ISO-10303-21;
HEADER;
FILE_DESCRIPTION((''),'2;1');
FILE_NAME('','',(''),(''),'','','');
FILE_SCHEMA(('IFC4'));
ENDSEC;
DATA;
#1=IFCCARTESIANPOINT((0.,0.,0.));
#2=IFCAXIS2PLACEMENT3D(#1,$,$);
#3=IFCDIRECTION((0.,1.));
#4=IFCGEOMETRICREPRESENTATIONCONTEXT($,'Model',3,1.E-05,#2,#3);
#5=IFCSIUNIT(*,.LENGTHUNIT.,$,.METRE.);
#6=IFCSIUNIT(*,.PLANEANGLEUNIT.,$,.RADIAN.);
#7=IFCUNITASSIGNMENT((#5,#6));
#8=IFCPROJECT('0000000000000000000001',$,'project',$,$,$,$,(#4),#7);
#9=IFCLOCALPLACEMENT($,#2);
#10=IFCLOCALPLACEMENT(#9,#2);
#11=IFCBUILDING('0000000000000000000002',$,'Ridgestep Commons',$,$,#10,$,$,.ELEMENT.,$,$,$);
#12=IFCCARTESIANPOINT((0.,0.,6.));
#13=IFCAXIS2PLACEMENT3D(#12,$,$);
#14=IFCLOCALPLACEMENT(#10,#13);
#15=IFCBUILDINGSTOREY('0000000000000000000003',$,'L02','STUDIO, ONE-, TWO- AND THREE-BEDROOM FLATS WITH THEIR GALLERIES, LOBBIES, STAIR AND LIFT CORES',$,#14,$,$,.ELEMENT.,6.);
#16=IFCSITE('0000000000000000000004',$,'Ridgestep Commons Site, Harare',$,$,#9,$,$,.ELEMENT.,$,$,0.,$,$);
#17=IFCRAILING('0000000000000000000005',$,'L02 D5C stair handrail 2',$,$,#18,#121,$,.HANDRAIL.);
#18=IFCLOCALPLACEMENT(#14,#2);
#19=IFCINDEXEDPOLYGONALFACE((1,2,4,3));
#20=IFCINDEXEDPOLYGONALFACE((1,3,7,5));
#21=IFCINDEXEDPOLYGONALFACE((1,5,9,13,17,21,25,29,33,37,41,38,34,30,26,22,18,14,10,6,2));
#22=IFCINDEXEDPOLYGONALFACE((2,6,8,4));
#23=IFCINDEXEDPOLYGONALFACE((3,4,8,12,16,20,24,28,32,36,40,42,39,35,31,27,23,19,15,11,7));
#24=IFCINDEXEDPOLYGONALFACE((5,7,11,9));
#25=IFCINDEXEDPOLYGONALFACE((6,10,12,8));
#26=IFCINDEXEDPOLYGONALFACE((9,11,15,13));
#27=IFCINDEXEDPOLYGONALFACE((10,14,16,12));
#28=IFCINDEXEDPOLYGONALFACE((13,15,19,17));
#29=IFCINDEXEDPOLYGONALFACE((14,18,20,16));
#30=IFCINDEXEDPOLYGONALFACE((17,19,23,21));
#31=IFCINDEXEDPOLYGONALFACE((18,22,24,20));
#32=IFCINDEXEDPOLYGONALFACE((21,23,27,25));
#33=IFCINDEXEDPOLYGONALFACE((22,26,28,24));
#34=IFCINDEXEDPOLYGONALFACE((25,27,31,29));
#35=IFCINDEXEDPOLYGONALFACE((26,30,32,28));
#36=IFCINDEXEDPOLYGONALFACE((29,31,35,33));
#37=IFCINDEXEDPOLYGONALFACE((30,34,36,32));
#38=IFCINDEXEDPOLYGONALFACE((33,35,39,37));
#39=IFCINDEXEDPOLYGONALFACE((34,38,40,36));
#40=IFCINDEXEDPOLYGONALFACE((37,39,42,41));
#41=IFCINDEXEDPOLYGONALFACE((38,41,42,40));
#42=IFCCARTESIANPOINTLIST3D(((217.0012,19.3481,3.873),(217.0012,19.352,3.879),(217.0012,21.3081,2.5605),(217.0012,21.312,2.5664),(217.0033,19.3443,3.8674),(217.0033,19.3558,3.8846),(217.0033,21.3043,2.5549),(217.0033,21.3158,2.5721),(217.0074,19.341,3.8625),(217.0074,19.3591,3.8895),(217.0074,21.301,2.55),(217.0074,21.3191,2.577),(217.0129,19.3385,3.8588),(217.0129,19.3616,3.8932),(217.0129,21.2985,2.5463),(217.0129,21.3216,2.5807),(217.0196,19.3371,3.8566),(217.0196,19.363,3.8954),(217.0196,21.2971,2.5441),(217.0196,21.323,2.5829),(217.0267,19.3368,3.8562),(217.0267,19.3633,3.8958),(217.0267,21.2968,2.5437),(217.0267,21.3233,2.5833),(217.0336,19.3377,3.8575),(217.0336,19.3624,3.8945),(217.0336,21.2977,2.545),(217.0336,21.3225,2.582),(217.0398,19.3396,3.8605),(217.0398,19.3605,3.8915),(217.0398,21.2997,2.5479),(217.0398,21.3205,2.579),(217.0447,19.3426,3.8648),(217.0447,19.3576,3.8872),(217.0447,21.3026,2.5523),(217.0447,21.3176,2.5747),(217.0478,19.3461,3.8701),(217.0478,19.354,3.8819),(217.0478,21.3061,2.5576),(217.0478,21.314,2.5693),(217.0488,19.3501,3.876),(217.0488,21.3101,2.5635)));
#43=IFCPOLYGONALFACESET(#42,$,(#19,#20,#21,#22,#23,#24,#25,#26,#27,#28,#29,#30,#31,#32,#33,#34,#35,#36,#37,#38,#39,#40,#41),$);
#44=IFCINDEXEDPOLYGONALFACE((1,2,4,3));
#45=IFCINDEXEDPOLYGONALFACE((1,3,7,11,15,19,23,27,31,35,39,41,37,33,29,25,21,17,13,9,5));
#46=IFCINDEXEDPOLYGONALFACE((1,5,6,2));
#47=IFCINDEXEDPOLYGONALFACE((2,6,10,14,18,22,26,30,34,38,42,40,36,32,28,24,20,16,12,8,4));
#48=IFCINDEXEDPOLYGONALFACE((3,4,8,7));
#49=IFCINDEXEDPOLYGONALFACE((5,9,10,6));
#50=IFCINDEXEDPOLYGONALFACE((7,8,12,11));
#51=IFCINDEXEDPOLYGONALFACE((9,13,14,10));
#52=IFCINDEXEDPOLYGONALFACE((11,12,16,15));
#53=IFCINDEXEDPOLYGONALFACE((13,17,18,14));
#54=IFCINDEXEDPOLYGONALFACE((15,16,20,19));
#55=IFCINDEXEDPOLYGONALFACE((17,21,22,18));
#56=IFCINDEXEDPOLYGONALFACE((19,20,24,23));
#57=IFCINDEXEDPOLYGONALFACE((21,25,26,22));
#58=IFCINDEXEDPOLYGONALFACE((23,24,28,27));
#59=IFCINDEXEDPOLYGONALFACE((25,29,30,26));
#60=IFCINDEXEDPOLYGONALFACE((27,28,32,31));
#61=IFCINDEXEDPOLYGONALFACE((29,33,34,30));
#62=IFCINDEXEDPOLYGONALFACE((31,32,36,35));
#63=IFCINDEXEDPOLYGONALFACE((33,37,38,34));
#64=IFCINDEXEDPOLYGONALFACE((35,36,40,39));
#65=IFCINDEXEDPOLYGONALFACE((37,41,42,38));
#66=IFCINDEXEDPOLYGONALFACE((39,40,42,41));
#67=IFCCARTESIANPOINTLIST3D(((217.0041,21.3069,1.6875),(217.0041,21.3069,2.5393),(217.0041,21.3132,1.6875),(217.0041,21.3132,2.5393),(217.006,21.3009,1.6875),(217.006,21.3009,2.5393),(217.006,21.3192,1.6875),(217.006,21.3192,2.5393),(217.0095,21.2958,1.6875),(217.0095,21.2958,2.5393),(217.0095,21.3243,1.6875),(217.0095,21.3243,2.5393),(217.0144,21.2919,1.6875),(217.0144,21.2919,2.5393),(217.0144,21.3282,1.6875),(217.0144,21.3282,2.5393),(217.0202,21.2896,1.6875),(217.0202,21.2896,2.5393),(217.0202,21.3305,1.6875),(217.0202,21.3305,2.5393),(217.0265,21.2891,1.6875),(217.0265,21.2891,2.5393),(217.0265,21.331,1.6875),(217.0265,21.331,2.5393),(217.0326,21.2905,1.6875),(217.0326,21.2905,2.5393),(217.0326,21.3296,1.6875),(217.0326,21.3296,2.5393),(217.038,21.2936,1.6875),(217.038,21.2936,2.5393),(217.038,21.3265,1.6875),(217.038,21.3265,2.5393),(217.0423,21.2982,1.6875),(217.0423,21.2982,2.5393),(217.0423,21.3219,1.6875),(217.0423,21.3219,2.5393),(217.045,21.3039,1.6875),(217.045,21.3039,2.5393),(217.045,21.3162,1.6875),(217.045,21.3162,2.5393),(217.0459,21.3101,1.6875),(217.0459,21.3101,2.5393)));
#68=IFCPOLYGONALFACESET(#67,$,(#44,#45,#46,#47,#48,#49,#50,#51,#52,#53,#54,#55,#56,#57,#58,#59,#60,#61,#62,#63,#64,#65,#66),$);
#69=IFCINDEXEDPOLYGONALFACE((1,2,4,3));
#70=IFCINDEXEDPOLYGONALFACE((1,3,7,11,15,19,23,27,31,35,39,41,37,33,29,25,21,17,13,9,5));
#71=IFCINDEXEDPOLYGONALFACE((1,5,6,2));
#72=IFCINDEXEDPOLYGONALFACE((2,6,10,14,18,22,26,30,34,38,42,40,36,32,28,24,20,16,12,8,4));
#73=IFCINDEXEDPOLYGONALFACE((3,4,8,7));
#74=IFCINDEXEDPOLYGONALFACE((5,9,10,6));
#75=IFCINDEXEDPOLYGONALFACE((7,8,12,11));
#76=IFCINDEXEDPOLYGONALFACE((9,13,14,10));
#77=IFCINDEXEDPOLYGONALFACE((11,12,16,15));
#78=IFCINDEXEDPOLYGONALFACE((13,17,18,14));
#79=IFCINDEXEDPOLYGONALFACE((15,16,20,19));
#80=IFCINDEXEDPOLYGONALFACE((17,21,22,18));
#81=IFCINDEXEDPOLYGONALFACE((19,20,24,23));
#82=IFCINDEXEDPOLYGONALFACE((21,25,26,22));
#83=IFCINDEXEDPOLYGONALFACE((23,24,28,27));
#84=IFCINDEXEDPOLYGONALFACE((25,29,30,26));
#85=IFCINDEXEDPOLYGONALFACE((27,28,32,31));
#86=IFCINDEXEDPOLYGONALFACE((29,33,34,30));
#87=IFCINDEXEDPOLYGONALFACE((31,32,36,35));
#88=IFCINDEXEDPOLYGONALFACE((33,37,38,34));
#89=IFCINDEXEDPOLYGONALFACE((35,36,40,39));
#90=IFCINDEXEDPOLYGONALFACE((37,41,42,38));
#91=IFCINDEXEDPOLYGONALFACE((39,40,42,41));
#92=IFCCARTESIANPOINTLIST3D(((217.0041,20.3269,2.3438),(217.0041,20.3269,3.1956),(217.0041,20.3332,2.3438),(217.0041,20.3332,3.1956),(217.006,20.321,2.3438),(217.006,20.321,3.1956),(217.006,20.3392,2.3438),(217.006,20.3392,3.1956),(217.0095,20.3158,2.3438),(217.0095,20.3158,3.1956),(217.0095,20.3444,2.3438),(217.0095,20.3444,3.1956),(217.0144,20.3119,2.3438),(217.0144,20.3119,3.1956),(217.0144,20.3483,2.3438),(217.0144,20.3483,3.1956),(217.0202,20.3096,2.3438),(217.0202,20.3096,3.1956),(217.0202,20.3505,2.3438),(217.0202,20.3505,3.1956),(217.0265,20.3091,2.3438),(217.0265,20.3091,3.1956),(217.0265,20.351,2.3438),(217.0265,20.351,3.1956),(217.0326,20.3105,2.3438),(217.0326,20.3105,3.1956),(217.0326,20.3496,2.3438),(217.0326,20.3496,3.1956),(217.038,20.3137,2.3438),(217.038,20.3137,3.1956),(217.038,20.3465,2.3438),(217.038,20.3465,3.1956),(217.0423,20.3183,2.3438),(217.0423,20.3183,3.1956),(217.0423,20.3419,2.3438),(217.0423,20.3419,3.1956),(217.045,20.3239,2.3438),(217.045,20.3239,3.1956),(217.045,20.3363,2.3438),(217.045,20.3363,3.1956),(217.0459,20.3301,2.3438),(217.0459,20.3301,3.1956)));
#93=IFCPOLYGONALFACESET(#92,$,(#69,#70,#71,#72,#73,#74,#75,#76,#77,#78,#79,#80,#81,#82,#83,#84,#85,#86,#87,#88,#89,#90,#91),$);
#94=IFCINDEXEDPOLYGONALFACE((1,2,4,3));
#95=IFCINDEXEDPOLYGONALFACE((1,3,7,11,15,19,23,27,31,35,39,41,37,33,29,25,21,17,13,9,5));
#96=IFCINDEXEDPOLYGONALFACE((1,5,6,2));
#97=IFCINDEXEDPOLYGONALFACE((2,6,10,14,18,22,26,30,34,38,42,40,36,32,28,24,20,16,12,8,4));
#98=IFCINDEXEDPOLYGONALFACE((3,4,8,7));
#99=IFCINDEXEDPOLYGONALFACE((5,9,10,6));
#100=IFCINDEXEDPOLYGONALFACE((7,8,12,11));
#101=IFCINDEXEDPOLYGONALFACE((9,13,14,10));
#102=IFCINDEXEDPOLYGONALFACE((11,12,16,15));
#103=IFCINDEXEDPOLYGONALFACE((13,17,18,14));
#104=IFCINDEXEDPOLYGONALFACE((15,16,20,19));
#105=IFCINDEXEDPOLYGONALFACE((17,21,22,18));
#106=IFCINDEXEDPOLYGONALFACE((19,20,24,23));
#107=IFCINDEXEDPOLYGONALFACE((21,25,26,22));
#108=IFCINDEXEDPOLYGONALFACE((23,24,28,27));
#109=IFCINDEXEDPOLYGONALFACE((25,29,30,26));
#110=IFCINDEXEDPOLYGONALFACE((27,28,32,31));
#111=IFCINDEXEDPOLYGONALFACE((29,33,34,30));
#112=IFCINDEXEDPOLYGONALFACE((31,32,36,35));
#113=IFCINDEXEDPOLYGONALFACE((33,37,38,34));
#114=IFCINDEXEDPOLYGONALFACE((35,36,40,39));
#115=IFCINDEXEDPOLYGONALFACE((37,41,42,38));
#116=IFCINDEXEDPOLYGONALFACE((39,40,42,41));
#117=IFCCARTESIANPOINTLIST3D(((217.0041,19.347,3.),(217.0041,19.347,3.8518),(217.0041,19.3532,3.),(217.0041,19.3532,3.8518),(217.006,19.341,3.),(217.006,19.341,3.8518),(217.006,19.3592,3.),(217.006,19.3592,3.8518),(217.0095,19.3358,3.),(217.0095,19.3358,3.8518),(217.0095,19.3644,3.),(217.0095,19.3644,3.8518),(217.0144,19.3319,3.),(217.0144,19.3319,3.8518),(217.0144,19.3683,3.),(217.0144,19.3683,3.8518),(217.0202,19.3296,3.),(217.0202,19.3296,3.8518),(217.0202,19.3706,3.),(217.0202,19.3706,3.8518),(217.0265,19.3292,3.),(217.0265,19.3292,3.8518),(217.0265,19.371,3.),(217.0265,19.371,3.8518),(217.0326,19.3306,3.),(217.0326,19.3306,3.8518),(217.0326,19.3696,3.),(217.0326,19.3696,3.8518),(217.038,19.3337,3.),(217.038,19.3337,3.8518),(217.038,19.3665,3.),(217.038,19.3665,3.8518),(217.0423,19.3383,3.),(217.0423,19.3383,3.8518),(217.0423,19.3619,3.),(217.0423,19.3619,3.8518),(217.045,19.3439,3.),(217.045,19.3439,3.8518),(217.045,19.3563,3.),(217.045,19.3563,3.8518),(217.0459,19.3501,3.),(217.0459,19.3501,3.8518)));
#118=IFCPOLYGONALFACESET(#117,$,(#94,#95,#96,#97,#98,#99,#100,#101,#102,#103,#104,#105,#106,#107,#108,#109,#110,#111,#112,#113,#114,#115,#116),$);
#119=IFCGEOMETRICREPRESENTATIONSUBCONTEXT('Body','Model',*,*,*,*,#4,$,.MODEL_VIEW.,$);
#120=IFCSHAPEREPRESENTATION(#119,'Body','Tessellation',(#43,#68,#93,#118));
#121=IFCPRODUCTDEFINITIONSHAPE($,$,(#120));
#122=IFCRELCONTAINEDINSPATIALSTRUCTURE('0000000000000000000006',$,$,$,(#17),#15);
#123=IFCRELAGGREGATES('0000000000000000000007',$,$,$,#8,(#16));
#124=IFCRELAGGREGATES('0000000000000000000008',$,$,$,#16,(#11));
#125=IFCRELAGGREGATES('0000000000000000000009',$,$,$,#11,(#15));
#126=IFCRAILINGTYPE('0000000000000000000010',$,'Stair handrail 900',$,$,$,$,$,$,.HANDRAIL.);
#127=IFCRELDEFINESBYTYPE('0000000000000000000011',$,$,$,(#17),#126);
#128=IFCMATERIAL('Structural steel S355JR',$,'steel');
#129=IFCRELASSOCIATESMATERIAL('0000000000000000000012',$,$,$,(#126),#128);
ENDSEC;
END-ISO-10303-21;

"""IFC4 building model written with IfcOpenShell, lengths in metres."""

from ifc_helpers import new_model, si_unit, direction, frame, origin, origin_2d, place, context, subcontext, project, spatial, circle, extrude, material, type_object, element, save


model = new_model("IFC4")

# Units and contexts
model_context = context("Model", 3, precision=1e-05, world=origin(), true_north=direction((0.0, 1.0)))
body_context = subcontext(model_context, "Body", "Model", "MODEL_VIEW")
ifc_project = project(units=[si_unit("LENGTHUNIT", "METRE"), si_unit("PLANEANGLEUNIT", "RADIAN")], contexts=[model_context])

# Site, building, storey
site_placement = place(None, origin())
site = spatial("IfcSite", under=ifc_project, at=site_placement, Name="Ridgestep Commons Site, Harare", CompositionType="ELEMENT", RefElevation=0.0)
building_placement = place(site_placement, origin())
building = spatial("IfcBuilding", under=site, at=building_placement, Name="Ridgestep Commons", CompositionType="ELEMENT")
storey_placement = place(building_placement, frame((0.0, 0.0, 6.0)))
storey = spatial("IfcBuildingStorey", under=building, at=storey_placement, Name="L02", Description="STUDIO, ONE-, TWO- AND THREE-BEDROOM FLATS WITH THEIR GALLERIES, LOBBIES, STAIR AND LIFT CORES", CompositionType="ELEMENT", Elevation=6.0)

# Railing
ifc_material_1 = material(Name="Structural steel S355JR", Category="steel")
railing_type_1 = type_object("IfcRailingType", Name="Stair handrail 900", PredefinedType="HANDRAIL", material=ifc_material_1)
railing_1_placement = place(storey_placement, frame((217.0249, 21.3101, 1.6875)))
element("IfcRailing", 1, at=railing_1_placement, inside=storey, type_object=railing_type_1, Name="L02 D5C stair handrail 2", PredefinedType="HANDRAIL", context=body_context, shape_type="SweptSolid", body=[
    extrude(circle(Radius=0.0239, at=origin_2d()), frame((0.0, 0.0, 0.876), z_axis=(0.0, -0.830902, 0.556419), x_axis=(1.0, 0.0, 0.0)), (0.0, 0.0, 1.0), 2.3589),
    extrude(circle(Radius=0.021, at=origin_2d()), origin(), (0.0, 0.0, 1.0), 0.8518),
    extrude(circle(Radius=0.021, at=origin_2d()), frame((0.0, -0.98, 0.6562)), (0.0, 0.0, 1.0), 0.8518),
    extrude(circle(Radius=0.021, at=origin_2d()), frame((0.0, -1.96, 1.3125)), (0.0, 0.0, 1.0), 0.8518),
])

save(model, "model.ifc")
